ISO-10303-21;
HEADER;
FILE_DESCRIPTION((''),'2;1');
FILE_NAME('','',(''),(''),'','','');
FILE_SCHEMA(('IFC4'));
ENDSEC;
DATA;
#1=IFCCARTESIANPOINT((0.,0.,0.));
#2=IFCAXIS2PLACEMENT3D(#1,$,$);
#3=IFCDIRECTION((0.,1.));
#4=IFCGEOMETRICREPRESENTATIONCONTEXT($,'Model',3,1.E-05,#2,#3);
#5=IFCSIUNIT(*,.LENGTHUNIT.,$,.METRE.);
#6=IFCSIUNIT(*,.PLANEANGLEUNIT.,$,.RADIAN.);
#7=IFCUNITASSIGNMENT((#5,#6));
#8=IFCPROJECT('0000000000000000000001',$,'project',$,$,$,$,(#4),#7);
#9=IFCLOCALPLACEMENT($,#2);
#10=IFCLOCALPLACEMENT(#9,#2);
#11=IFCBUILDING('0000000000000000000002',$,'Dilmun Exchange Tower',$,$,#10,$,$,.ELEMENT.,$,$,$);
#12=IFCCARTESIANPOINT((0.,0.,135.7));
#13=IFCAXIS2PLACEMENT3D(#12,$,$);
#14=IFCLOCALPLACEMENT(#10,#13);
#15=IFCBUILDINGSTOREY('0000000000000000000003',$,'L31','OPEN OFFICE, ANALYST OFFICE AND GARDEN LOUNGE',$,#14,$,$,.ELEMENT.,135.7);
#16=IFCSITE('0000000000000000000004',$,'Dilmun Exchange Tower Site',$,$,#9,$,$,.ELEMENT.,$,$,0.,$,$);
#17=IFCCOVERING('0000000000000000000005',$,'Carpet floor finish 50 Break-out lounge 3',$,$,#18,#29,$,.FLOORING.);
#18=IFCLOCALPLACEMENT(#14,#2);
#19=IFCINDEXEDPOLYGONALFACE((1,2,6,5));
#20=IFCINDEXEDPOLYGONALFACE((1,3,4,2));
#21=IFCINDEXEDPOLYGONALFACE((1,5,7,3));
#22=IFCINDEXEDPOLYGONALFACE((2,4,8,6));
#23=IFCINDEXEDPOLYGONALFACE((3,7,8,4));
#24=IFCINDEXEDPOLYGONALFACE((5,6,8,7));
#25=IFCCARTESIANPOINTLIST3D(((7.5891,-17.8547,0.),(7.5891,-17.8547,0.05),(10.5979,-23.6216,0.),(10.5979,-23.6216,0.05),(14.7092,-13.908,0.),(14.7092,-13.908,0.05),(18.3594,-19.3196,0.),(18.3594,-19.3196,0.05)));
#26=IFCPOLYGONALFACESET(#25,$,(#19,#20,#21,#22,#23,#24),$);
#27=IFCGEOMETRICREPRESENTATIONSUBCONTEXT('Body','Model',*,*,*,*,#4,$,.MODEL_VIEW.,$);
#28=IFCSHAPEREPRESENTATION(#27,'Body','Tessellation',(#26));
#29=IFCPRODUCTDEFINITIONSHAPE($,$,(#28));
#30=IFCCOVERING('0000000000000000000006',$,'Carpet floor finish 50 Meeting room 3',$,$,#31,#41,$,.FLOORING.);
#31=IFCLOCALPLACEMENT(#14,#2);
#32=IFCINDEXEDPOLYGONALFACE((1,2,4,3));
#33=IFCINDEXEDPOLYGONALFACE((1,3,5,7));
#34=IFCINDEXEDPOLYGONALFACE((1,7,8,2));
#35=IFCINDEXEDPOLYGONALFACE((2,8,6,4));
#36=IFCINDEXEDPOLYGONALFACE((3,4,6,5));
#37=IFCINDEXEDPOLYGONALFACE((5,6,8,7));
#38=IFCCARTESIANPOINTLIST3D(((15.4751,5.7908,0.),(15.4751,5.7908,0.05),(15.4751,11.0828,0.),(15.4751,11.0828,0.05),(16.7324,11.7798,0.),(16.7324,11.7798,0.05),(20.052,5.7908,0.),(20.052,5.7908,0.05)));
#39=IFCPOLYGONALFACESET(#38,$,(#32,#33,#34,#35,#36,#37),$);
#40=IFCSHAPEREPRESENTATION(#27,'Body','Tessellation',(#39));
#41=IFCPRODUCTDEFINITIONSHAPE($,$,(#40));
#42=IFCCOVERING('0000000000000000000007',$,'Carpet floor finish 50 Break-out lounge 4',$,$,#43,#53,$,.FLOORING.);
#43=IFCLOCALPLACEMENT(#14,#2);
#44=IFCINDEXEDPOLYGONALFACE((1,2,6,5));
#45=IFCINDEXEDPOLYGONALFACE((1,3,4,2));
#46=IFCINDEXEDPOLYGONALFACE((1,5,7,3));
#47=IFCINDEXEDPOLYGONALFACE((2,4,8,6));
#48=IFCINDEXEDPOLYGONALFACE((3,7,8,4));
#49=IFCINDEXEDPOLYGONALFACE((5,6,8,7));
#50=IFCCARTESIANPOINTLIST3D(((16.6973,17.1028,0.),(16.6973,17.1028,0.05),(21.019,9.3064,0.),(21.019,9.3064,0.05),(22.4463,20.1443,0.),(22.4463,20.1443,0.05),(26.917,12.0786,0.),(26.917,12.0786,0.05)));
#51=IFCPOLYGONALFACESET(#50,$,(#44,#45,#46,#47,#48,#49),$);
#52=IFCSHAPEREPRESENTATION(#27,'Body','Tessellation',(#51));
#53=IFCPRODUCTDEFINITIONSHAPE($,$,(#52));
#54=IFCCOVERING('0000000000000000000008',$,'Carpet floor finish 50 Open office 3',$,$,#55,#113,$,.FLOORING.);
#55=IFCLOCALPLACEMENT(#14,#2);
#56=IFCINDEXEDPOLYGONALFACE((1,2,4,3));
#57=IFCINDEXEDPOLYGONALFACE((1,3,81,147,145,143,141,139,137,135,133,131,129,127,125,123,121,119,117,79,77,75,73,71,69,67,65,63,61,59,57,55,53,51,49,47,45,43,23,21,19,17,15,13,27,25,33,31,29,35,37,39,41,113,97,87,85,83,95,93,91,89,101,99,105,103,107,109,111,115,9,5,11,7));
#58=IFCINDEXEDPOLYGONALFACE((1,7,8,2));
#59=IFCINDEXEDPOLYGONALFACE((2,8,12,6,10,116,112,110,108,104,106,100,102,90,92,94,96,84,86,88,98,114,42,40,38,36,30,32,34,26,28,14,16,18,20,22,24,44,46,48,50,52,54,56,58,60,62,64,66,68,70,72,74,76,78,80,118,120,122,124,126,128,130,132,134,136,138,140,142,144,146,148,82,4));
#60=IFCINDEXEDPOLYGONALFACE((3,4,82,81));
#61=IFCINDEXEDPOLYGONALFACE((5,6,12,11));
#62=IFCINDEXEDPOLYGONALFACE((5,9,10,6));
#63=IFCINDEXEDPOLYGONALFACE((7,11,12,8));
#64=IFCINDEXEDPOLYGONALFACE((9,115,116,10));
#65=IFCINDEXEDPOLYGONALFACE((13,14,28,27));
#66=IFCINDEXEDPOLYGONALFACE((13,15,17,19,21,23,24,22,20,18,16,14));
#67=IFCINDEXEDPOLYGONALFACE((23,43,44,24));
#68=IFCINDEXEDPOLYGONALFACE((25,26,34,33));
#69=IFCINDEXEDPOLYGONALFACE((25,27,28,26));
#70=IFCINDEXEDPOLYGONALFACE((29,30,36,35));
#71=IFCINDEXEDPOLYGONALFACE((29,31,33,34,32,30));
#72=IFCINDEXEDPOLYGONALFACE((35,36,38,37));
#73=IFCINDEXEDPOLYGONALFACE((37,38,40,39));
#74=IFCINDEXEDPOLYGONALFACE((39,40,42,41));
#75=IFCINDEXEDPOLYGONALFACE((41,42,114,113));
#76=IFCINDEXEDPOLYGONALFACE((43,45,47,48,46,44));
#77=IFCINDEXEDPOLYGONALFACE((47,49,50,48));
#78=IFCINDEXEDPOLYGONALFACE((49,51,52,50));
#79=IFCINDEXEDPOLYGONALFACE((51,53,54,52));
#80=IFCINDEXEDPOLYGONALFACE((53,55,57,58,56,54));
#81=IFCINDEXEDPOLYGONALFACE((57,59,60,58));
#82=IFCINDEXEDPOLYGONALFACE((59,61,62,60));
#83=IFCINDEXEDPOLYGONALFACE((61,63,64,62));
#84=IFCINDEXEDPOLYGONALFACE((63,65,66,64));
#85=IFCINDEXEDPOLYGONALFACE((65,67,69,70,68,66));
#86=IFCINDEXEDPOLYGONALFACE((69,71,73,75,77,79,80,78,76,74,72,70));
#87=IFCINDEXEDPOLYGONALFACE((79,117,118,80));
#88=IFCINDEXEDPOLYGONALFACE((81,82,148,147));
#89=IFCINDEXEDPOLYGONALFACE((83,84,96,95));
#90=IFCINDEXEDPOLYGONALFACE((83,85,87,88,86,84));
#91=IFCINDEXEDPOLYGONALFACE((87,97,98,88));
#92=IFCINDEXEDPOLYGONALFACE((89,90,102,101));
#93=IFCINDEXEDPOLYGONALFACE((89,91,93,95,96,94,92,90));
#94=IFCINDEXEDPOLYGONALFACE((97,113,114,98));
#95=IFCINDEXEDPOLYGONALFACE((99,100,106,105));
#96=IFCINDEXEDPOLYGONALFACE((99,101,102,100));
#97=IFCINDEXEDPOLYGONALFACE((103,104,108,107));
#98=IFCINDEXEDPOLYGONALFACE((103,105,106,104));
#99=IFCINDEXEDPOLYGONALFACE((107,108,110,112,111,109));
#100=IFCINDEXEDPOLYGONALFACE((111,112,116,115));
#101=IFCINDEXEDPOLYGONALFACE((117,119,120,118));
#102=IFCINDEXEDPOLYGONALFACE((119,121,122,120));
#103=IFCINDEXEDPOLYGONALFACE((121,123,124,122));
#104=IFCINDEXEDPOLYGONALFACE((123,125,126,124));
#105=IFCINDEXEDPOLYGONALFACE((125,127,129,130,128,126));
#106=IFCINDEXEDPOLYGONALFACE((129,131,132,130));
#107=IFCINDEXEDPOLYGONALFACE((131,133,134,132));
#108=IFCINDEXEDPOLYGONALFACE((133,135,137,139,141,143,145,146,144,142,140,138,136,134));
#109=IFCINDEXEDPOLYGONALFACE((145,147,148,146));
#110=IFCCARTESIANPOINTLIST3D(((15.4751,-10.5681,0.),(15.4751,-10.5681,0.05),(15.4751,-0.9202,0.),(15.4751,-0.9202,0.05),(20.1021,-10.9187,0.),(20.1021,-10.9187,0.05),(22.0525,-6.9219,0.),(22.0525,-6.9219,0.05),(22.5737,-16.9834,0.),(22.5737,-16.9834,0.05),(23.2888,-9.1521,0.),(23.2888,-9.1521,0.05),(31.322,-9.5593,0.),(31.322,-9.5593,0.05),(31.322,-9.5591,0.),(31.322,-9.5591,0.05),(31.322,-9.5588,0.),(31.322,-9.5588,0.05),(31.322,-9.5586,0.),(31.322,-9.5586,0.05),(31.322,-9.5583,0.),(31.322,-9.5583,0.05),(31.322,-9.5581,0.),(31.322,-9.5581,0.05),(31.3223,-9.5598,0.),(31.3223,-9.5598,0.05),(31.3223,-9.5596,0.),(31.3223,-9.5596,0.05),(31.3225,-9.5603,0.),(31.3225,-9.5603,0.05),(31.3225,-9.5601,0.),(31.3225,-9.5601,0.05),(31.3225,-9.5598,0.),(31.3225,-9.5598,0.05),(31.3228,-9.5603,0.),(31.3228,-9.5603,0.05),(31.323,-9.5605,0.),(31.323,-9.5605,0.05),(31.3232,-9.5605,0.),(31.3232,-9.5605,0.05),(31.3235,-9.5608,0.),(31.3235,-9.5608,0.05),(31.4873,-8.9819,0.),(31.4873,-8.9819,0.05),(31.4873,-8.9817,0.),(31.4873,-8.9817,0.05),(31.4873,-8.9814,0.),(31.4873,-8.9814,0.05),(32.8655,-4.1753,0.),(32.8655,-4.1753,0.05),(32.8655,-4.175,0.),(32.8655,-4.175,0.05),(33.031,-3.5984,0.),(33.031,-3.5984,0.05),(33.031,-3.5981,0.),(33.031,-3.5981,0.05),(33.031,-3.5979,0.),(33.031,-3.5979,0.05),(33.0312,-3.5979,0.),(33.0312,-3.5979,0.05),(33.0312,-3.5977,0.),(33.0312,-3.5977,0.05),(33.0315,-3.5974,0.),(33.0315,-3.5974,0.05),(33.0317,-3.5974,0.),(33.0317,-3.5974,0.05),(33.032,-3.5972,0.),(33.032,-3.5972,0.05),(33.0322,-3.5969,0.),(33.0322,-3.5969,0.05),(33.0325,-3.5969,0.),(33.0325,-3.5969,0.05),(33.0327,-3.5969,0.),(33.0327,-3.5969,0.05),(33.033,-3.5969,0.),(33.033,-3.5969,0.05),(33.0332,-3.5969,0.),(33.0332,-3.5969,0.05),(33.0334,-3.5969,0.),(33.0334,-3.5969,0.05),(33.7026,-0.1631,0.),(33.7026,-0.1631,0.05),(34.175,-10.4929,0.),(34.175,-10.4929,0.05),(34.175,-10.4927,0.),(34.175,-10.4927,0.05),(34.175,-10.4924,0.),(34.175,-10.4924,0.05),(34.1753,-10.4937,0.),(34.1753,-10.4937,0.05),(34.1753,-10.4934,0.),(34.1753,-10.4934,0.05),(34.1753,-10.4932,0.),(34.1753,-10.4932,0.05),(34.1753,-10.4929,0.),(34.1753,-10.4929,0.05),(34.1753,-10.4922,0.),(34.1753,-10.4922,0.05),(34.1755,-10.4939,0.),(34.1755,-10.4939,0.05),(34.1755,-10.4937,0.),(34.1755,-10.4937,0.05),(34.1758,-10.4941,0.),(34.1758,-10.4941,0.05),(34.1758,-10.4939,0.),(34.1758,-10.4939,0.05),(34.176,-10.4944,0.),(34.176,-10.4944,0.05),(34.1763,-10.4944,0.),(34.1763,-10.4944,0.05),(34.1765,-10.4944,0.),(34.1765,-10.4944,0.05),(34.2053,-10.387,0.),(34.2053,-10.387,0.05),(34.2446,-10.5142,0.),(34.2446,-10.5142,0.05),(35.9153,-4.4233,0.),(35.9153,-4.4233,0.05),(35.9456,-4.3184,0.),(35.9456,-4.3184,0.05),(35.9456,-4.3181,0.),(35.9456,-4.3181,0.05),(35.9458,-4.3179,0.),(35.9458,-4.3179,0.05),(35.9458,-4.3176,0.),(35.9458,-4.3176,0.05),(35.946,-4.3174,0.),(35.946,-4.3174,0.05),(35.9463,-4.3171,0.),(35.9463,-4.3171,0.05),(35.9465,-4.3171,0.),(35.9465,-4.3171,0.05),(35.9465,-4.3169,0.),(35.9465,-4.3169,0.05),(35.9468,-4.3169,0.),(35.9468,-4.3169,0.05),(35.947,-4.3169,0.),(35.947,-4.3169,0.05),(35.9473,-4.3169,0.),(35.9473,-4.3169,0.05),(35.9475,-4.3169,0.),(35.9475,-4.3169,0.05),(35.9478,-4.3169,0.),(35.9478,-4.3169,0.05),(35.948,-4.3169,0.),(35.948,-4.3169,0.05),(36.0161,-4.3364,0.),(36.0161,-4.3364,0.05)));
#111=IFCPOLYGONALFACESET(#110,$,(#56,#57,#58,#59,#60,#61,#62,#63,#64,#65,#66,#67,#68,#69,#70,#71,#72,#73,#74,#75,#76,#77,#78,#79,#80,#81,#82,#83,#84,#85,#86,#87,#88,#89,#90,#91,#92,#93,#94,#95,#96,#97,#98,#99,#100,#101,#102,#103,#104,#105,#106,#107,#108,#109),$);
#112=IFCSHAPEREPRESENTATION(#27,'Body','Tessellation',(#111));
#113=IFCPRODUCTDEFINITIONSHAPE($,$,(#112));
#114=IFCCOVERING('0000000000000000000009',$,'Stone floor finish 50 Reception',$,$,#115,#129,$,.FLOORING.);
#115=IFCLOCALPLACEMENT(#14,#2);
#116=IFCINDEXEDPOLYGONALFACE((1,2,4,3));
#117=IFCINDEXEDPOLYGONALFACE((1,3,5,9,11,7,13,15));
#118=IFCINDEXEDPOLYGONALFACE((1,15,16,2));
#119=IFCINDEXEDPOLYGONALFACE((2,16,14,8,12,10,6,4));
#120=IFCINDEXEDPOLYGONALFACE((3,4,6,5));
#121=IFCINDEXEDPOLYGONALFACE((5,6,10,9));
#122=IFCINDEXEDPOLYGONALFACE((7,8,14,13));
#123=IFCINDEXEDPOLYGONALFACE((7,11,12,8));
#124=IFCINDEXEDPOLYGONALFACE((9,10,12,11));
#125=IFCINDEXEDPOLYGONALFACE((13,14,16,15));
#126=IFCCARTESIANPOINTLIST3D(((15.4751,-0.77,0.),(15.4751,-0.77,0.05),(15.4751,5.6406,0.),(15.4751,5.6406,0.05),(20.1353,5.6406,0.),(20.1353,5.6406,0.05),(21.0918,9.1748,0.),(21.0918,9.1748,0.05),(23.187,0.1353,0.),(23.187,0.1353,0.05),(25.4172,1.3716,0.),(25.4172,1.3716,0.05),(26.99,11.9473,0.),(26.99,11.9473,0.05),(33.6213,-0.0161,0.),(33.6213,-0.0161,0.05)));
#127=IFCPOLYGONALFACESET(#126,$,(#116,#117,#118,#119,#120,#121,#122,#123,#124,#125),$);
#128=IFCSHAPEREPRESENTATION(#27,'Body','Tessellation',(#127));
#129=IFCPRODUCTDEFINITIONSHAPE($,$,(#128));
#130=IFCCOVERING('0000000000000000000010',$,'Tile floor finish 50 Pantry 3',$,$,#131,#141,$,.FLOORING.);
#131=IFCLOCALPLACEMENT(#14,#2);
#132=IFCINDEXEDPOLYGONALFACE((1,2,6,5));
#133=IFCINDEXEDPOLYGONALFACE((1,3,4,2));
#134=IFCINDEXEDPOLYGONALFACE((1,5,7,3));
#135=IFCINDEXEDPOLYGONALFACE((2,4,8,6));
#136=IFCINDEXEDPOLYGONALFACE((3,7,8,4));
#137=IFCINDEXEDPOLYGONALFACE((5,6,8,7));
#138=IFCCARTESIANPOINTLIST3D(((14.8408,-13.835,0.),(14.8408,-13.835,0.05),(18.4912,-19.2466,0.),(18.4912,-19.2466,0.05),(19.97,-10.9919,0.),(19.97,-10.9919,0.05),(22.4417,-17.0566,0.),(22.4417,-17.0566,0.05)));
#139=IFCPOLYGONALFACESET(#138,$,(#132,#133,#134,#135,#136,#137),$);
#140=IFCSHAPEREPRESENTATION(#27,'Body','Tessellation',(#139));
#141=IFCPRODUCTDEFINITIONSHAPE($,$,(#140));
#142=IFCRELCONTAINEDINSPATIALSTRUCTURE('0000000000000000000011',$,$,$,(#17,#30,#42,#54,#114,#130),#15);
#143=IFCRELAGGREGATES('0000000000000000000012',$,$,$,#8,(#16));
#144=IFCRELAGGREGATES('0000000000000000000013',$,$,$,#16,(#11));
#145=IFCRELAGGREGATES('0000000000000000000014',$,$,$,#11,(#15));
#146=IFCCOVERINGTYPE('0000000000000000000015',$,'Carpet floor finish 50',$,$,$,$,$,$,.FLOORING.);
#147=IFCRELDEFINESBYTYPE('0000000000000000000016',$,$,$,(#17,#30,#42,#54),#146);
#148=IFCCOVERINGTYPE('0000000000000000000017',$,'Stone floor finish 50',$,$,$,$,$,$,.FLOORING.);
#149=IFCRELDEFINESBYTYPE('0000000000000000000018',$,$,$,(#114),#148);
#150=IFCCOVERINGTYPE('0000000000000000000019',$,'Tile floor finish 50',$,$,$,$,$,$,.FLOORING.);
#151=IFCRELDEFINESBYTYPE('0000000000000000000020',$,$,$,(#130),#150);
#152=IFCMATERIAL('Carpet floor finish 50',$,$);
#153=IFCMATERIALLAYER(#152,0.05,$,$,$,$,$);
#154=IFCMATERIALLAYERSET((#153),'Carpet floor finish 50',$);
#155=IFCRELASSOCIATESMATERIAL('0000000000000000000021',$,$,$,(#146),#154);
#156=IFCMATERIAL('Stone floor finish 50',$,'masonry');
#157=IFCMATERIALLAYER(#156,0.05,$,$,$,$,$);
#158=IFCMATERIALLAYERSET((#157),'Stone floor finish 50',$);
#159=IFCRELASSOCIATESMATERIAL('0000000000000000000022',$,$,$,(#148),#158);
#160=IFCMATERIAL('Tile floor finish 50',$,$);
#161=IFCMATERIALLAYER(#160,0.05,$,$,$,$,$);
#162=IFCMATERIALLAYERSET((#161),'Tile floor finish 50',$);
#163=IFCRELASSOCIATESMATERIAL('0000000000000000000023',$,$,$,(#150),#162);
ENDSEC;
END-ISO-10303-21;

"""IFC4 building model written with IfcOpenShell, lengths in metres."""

from ifc_helpers import new_model, si_unit, direction, frame, origin, place, context, subcontext, project, spatial, polyline, outline, extrude, material, layer, layer_set, type_object, element, save


model = new_model("IFC4")

# Units and contexts
model_context = context("Model", 3, precision=1e-05, world=origin(), true_north=direction((0.0, 1.0)))
body_context = subcontext(model_context, "Body", "Model", "MODEL_VIEW")
ifc_project = project(units=[si_unit("LENGTHUNIT", "METRE"), si_unit("PLANEANGLEUNIT", "RADIAN")], contexts=[model_context])

# Site, building, storey
site_placement = place(None, origin())
site = spatial("IfcSite", under=ifc_project, at=site_placement, Name="Dilmun Exchange Tower Site", CompositionType="ELEMENT", RefElevation=0.0)
building_placement = place(site_placement, origin())
building = spatial("IfcBuilding", under=site, at=building_placement, Name="Dilmun Exchange Tower", CompositionType="ELEMENT")
storey_placement = place(building_placement, frame((0.0, 0.0, 135.7)))
storey = spatial("IfcBuildingStorey", under=building, at=storey_placement, Name="L31", Description="OPEN OFFICE, ANALYST OFFICE AND GARDEN LOUNGE", CompositionType="ELEMENT", Elevation=135.7)

# Coverings
ifc_material_1 = material(Name="Carpet floor finish 50")
ifc_layer_1 = layer(ifc_material_1, 0.05)
ifc_layer_set_1 = layer_set([ifc_layer_1], Name="Carpet floor finish 50")
covering_type_1 = type_object("IfcCoveringType", Name="Carpet floor finish 50", PredefinedType="FLOORING", material=ifc_layer_set_1)
covering_1_placement = place(storey_placement, origin())
element("IfcCovering", 1, at=covering_1_placement, inside=storey, type_object=covering_type_1, Name="Carpet floor finish 50 Break-out lounge 3", PredefinedType="FLOORING", context=body_context, shape_type="SweptSolid", body=[
    extrude(outline(polyline([(7.5891, -17.8547), (14.7092, -13.908), (18.3594, -19.3196), (10.5979, -23.6216), (7.5891, -17.8547)])), origin(), (0.0, 0.0, 1.0), 0.05),
])
covering_2_placement = place(storey_placement, origin())
element("IfcCovering", 2, at=covering_2_placement, inside=storey, type_object=covering_type_1, Name="Carpet floor finish 50 Meeting room 3", PredefinedType="FLOORING", context=body_context, shape_type="SweptSolid", body=[
    extrude(outline(polyline([(15.4751, 11.0828), (16.7324, 11.7798), (20.052, 5.7908), (15.4751, 5.7908), (15.4751, 11.0828)])), origin(), (0.0, 0.0, 1.0), 0.05),
])
covering_3_placement = place(storey_placement, origin())
element("IfcCovering", 3, at=covering_3_placement, inside=storey, type_object=covering_type_1, Name="Carpet floor finish 50 Break-out lounge 4", PredefinedType="FLOORING", context=body_context, shape_type="SweptSolid", body=[
    extrude(outline(polyline([(16.6973, 17.1028), (22.4463, 20.1443), (26.917, 12.0786), (21.019, 9.3064), (16.6973, 17.1028)])), origin(), (0.0, 0.0, 1.0), 0.05),
])
covering_4_placement = place(storey_placement, origin())
element("IfcCovering", 4, at=covering_4_placement, inside=storey, type_object=covering_type_1, Name="Carpet floor finish 50 Open office 3", PredefinedType="FLOORING", context=body_context, shape_type="SweptSolid", body=[
    extrude(outline(polyline([(20.1021, -10.9187), (23.2888, -9.1521), (22.0525, -6.9219), (15.4751, -10.5681), (15.4751, -0.9202), (33.7026, -0.1631), (36.0161, -4.3364), (35.948, -4.3169), (35.9478, -4.3169), (35.9475, -4.3169), (35.9475, -4.3169), (35.9473, -4.3169), (35.947, -4.3169), (35.9468, -4.3169), (35.9465, -4.3169), (35.9465, -4.3171), (35.9463, -4.3171), (35.946, -4.3174), (35.946, -4.3174), (35.9458, -4.3176), (35.9458, -4.3179), (35.9458, -4.3179), (35.9456, -4.3181), (35.9456, -4.3184), (35.9153, -4.4233), (33.0334, -3.5969), (33.0332, -3.5969), (33.0332, -3.5969), (33.033, -3.5969), (33.0327, -3.5969), (33.0325, -3.5969), (33.0322, -3.5969), (33.032, -3.5972), (33.032, -3.5972), (33.0317, -3.5974), (33.0315, -3.5974), (33.0315, -3.5974), (33.0312, -3.5977), (33.0312, -3.5979), (33.031, -3.5979), (33.031, -3.5981), (33.031, -3.5984), (32.8655, -4.175), (32.8655, -4.1753), (32.8655, -4.1753), (31.4873, -8.9814), (31.4873, -8.9817), (31.4873, -8.9817), (31.4873, -8.9819), (31.322, -9.5581), (31.322, -9.5583), (31.322, -9.5586), (31.322, -9.5588), (31.322, -9.5591), (31.322, -9.5591), (31.322, -9.5593), (31.3223, -9.5596), (31.3223, -9.5598), (31.3225, -9.5598), (31.3225, -9.5601), (31.3225, -9.5603), (31.3228, -9.5603), (31.323, -9.5605), (31.323, -9.5605), (31.3232, -9.5605), (31.3235, -9.5608), (34.2053, -10.387), (34.1753, -10.4922), (34.1753, -10.4922), (34.175, -10.4924), (34.175, -10.4927), (34.175, -10.4929), (34.1753, -10.4929), (34.1753, -10.4932), (34.1753, -10.4934), (34.1753, -10.4937), (34.1755, -10.4937), (34.1755, -10.4939), (34.1758, -10.4939), (34.1758, -10.4941), (34.176, -10.4944), (34.1763, -10.4944), (34.1765, -10.4944), (34.1765, -10.4944), (34.2446, -10.5142), (22.5737, -16.9834), (20.1021, -10.9187)])), origin(), (0.0, 0.0, 1.0), 0.05),
])
ifc_material_2 = material(Name="Stone floor finish 50", Category="masonry")
ifc_layer_2 = layer(ifc_material_2, 0.05)
ifc_layer_set_2 = layer_set([ifc_layer_2], Name="Stone floor finish 50")
covering_type_2 = type_object("IfcCoveringType", Name="Stone floor finish 50", PredefinedType="FLOORING", material=ifc_layer_set_2)
covering_5_placement = place(storey_placement, origin())
element("IfcCovering", 5, at=covering_5_placement, inside=storey, type_object=covering_type_2, Name="Stone floor finish 50 Reception", PredefinedType="FLOORING", context=body_context, shape_type="SweptSolid", body=[
    extrude(outline(polyline([(25.4172, 1.3716), (21.0918, 9.1748), (26.99, 11.9473), (33.6213, -0.0161), (15.4751, -0.77), (15.4751, 5.6406), (20.1353, 5.6406), (23.187, 0.1353), (25.4172, 1.3716)])), origin(), (0.0, 0.0, 1.0), 0.05),
])
ifc_material_3 = material(Name="Tile floor finish 50")
ifc_layer_3 = layer(ifc_material_3, 0.05)
ifc_layer_set_3 = layer_set([ifc_layer_3], Name="Tile floor finish 50")
covering_type_3 = type_object("IfcCoveringType", Name="Tile floor finish 50", PredefinedType="FLOORING", material=ifc_layer_set_3)
covering_6_placement = place(storey_placement, origin())
element("IfcCovering", 6, at=covering_6_placement, inside=storey, type_object=covering_type_3, Name="Tile floor finish 50 Pantry 3", PredefinedType="FLOORING", context=body_context, shape_type="SweptSolid", body=[
    extrude(outline(polyline([(19.97, -10.9919), (22.4417, -17.0566), (18.4912, -19.2466), (14.8408, -13.835), (19.97, -10.9919)])), origin(), (0.0, 0.0, 1.0), 0.05),
])

save(model, "model.ifc")
